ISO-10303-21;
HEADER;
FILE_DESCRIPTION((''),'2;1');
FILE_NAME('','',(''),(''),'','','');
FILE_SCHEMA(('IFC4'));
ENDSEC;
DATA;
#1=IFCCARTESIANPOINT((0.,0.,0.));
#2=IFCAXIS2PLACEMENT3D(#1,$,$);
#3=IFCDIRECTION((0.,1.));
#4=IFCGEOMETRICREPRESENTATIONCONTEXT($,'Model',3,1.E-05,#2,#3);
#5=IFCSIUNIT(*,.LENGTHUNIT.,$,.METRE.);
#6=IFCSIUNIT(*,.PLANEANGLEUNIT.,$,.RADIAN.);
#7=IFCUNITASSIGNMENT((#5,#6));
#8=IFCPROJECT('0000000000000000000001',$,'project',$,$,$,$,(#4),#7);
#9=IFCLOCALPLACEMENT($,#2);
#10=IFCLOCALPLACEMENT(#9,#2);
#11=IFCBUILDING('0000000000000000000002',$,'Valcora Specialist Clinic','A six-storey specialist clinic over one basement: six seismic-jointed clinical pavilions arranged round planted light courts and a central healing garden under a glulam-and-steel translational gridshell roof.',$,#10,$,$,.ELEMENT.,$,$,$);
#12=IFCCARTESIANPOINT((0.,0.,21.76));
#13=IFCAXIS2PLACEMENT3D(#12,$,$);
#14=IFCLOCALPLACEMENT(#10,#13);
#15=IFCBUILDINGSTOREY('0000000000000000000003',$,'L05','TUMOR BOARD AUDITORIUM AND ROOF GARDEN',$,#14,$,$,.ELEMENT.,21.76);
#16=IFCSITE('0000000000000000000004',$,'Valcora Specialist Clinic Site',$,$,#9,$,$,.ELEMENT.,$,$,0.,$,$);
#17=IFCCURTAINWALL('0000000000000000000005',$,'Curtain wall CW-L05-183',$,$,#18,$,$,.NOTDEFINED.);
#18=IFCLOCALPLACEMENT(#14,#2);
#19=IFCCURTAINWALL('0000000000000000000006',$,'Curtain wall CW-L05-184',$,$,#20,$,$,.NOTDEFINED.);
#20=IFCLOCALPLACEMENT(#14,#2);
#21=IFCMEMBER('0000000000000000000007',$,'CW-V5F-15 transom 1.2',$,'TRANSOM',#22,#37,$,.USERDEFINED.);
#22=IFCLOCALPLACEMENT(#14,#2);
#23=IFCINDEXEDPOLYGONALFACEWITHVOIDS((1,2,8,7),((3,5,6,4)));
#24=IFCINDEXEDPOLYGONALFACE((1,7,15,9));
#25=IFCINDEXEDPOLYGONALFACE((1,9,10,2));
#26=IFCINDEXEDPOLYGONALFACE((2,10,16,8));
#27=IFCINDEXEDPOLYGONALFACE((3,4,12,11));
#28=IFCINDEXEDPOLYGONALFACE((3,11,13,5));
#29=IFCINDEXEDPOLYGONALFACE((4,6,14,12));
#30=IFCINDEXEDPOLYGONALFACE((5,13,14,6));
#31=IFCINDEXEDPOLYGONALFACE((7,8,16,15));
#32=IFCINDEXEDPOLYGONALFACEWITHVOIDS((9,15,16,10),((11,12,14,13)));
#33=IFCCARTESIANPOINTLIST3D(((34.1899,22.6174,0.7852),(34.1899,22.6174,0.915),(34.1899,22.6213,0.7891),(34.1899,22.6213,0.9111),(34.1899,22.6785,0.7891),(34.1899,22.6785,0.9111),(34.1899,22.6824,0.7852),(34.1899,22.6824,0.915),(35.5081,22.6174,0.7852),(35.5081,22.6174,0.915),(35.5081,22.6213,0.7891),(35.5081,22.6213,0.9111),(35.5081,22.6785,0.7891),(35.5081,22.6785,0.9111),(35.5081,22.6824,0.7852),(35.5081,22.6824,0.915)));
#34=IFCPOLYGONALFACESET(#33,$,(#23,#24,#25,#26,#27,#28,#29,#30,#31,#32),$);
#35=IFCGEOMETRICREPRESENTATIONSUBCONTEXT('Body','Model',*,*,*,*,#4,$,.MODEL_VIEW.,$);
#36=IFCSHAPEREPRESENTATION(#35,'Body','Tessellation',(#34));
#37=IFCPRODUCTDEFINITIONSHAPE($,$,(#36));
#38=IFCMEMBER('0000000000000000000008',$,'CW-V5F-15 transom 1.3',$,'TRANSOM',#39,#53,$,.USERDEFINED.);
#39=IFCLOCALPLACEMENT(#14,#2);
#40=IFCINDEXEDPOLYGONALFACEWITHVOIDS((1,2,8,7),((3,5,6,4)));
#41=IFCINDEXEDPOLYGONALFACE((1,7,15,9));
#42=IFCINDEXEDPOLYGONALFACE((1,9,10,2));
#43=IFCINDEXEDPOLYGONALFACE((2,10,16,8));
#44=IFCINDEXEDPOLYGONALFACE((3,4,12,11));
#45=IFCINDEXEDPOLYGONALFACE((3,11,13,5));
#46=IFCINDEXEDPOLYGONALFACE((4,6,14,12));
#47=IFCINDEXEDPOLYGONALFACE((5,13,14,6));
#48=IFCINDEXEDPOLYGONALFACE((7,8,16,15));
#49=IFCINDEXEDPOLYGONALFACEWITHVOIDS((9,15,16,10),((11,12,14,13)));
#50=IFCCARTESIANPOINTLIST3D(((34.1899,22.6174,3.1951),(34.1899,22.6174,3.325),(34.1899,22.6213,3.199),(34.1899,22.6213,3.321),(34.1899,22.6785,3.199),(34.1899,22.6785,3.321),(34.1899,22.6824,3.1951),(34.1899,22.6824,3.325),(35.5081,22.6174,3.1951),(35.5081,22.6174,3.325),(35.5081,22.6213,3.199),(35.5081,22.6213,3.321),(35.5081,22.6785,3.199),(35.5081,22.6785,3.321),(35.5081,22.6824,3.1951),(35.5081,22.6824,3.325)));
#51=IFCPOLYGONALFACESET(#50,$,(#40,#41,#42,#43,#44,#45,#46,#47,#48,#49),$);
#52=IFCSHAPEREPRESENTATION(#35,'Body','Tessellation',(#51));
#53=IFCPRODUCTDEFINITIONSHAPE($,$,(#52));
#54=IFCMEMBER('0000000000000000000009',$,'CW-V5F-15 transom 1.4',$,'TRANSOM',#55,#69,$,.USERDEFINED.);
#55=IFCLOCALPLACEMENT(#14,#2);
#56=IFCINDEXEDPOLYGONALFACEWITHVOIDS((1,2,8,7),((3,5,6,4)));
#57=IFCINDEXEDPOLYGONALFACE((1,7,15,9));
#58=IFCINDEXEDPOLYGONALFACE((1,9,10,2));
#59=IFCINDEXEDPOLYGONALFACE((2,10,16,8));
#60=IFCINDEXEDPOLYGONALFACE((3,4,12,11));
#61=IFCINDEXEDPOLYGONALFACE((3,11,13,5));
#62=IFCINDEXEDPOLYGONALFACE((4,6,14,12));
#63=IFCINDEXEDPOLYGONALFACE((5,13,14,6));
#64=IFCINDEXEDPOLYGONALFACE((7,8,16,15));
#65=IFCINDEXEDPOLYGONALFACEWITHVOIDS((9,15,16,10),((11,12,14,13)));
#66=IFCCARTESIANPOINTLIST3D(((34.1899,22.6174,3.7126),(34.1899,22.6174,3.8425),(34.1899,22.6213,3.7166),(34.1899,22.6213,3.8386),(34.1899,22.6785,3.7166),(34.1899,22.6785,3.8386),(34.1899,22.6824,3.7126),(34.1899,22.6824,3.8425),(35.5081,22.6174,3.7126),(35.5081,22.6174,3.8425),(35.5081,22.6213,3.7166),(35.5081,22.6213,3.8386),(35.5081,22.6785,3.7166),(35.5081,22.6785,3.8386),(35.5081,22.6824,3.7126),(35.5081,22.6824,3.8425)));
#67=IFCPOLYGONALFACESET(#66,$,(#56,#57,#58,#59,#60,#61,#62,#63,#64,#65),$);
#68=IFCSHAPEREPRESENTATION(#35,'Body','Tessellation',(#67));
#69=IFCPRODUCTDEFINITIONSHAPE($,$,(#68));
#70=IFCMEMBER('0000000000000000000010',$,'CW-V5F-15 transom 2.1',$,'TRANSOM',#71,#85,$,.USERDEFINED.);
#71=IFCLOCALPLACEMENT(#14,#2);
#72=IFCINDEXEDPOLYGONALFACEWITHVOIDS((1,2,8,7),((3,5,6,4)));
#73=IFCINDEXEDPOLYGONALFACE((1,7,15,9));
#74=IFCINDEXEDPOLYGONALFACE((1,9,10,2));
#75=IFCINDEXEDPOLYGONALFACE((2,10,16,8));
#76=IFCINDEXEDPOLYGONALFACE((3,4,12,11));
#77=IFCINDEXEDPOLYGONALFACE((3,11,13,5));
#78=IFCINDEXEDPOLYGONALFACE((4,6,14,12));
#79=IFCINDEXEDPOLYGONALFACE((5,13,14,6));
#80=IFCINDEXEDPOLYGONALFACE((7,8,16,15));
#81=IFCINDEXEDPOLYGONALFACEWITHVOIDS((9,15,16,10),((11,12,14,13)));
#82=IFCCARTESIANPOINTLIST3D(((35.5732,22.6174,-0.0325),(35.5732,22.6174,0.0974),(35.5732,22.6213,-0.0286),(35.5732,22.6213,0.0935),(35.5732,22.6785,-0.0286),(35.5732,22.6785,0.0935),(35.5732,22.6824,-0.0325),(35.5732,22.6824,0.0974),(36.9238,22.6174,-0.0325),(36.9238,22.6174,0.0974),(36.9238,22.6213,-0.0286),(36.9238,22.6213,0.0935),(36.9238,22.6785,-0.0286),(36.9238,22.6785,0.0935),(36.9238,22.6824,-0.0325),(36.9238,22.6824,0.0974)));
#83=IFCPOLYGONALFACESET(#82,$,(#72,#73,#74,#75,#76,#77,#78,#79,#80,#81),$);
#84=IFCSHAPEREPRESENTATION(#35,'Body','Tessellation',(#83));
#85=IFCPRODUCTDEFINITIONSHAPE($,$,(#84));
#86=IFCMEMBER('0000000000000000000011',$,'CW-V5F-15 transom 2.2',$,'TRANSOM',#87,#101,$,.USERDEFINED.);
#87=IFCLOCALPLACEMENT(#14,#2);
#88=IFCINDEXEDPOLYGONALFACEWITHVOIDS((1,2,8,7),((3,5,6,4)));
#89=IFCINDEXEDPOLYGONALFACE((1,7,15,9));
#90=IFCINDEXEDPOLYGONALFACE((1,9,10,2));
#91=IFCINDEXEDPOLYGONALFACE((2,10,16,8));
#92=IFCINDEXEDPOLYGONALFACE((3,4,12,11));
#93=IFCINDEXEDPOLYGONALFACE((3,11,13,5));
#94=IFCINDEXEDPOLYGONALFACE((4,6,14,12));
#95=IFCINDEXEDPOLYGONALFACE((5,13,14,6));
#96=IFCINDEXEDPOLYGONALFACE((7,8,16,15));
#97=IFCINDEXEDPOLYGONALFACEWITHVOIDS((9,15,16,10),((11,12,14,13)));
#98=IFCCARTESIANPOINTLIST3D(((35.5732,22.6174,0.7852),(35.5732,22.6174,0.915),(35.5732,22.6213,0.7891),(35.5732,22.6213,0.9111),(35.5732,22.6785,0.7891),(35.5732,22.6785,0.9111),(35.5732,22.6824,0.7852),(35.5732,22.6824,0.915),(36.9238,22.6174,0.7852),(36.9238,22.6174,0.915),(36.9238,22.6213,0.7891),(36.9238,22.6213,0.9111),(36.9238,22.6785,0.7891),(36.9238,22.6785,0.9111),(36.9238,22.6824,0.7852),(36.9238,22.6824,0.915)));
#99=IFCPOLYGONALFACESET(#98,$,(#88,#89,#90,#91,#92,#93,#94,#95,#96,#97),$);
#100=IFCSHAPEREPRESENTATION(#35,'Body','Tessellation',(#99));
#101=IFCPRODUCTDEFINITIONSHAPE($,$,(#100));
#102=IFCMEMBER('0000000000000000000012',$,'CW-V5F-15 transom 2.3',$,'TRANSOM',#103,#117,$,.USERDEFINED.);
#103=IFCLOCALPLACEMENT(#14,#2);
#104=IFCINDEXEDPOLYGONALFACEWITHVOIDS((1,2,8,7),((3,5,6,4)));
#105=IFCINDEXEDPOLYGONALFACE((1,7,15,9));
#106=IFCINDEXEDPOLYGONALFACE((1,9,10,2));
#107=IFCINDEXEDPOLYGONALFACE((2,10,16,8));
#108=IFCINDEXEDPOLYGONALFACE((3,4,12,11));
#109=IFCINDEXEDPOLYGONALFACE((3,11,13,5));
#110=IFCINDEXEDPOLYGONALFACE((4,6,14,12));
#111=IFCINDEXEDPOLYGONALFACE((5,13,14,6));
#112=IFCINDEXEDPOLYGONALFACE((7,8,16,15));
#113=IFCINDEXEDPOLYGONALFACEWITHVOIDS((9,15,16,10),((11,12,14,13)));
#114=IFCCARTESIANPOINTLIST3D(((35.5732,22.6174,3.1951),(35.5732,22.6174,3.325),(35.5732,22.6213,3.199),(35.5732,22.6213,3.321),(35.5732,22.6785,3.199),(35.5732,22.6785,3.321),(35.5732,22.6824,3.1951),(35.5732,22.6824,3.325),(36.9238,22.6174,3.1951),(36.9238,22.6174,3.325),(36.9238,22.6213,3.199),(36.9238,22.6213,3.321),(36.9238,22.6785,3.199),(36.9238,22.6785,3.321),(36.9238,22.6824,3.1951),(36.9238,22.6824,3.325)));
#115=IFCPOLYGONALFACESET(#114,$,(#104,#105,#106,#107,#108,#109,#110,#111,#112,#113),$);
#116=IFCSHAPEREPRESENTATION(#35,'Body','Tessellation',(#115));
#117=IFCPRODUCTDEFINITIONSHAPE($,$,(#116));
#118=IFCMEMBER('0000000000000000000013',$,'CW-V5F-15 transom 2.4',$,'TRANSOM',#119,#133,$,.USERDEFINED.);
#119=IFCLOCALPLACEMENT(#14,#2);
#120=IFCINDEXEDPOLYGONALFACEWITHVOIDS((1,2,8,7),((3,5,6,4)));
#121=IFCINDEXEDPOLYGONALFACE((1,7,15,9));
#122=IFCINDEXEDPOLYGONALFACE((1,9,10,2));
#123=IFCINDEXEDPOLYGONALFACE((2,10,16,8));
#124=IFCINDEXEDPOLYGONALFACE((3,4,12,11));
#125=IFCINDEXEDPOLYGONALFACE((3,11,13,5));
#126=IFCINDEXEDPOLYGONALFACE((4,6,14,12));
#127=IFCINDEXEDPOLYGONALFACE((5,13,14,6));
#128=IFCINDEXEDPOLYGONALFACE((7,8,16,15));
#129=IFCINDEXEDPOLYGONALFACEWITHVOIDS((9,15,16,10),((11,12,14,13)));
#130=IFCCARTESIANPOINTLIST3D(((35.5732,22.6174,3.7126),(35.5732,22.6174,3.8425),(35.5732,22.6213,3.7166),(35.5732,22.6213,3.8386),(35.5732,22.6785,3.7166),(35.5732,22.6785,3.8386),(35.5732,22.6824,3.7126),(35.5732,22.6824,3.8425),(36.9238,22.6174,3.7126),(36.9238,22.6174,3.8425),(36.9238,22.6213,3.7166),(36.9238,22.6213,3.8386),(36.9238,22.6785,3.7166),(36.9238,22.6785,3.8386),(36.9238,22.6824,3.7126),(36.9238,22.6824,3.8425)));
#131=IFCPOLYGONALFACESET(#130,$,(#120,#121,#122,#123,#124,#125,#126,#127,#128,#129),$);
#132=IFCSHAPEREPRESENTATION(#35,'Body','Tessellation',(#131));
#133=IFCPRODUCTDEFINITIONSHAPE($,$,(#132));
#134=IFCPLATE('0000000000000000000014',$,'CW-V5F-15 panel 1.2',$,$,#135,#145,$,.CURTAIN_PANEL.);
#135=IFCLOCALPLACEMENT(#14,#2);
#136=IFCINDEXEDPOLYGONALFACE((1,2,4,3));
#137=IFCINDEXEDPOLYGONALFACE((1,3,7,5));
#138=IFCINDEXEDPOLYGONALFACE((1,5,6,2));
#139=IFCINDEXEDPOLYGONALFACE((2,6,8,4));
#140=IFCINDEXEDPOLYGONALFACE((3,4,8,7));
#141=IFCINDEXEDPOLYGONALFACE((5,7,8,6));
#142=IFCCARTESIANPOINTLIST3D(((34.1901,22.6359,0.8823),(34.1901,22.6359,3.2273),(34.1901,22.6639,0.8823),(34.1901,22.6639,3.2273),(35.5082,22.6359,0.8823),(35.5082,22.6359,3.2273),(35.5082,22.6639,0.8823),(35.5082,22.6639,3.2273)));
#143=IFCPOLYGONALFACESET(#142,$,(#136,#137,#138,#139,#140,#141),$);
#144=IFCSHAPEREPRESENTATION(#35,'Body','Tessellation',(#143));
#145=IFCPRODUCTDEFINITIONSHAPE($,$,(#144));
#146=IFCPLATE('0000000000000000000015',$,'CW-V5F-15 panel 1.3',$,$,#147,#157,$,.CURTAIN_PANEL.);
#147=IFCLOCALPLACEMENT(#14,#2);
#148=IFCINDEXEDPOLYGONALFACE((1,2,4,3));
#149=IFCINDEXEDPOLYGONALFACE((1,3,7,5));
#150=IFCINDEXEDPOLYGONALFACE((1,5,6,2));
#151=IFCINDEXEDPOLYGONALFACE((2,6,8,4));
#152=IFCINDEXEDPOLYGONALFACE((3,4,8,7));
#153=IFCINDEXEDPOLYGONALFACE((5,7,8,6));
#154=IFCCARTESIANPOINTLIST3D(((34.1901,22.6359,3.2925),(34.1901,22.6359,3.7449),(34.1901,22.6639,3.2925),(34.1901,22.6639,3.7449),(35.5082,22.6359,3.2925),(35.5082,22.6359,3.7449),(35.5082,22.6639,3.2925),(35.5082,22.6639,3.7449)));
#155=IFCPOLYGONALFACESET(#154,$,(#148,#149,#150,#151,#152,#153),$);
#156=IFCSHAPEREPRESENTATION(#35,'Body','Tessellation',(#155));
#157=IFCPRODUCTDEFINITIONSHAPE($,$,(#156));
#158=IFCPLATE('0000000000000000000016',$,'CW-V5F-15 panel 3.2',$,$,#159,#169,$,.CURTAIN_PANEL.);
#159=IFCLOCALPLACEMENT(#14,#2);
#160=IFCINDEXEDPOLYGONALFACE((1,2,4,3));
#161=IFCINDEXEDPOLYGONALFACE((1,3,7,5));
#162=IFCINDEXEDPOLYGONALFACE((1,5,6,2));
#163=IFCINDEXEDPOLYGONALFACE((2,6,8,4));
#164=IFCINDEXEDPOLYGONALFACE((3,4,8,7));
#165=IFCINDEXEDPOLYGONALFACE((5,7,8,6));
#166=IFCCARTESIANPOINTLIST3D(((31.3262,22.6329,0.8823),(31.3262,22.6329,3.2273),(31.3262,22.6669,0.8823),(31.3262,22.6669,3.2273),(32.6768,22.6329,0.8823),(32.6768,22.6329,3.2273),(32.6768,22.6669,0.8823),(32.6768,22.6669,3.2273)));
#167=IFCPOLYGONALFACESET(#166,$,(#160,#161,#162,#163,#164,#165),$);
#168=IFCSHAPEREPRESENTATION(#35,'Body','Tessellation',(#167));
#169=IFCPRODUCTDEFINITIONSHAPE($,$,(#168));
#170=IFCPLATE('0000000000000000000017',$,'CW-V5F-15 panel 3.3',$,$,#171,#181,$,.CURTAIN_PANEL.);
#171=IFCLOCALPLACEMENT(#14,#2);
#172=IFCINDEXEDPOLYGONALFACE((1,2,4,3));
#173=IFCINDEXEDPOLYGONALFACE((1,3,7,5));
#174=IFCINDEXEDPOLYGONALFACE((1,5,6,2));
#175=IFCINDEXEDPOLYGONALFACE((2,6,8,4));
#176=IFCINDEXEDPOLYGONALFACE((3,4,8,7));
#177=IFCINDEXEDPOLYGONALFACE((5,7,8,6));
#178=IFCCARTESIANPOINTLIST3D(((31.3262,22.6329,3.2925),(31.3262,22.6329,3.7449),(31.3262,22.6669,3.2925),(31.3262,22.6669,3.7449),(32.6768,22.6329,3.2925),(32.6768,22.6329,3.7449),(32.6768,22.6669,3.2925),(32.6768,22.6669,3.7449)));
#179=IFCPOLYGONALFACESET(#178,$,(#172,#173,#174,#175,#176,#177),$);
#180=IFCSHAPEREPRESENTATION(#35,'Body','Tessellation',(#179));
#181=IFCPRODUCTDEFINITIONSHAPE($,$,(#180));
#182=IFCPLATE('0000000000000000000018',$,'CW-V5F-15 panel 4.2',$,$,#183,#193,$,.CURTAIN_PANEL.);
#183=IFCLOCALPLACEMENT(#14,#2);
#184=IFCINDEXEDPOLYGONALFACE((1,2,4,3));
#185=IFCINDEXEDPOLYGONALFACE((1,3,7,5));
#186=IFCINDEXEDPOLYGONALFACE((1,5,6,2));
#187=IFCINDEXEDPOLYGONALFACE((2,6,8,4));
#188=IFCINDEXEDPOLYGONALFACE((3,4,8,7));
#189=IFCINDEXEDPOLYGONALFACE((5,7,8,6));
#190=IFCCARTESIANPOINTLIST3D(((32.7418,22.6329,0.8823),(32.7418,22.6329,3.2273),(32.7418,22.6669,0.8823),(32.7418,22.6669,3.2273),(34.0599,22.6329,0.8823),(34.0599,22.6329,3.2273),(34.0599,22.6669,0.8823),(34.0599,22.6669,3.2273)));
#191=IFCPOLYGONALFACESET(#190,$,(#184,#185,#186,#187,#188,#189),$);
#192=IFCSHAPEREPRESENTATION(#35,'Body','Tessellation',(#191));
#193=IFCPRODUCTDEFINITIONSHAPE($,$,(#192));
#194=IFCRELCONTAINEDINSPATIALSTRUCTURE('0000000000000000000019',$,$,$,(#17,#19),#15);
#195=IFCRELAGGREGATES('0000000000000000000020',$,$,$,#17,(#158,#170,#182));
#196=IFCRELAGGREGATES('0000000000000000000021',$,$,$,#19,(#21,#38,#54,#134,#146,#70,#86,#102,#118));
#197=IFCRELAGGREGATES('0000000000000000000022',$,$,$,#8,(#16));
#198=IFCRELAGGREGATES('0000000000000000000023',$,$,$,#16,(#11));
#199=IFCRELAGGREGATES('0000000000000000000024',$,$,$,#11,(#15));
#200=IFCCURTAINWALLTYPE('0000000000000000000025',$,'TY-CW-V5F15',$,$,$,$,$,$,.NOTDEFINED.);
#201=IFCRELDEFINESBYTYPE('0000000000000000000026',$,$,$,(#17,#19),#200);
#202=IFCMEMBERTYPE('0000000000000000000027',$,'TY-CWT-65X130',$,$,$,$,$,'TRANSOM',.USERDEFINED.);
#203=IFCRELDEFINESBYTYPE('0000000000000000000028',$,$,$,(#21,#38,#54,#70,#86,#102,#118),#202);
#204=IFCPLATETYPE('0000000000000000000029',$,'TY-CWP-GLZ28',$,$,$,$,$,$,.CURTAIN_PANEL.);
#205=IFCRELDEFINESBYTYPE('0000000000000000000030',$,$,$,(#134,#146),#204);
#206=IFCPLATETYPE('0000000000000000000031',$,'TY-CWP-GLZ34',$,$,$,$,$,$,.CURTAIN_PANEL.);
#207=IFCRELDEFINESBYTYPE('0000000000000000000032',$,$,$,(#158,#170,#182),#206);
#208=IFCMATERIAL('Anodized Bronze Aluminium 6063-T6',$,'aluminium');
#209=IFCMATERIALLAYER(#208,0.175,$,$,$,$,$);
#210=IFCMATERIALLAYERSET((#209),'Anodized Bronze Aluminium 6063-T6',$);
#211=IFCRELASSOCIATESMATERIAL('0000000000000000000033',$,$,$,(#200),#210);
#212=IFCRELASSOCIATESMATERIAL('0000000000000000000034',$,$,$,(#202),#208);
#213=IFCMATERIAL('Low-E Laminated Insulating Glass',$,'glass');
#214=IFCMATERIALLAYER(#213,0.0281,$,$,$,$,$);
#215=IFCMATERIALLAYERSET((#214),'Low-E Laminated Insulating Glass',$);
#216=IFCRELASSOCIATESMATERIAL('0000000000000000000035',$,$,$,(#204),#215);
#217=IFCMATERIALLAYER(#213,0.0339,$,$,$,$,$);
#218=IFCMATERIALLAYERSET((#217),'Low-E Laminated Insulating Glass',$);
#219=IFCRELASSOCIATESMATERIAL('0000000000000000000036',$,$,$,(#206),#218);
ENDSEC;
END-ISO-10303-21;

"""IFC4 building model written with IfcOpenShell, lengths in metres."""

from ifc_helpers import new_model, si_unit, direction, frame, origin, origin_2d, place, context, subcontext, project, spatial, rectangle, hollow_rectangle, extrude, material, layer, layer_set, material_profile, profile_set, type_object, element, aggregate, save


model = new_model("IFC4")

# Units and contexts
model_context = context("Model", 3, precision=1e-05, world=origin(), true_north=direction((0.0, 1.0)))
body_context = subcontext(model_context, "Body", "Model", "MODEL_VIEW")
ifc_project = project(units=[si_unit("LENGTHUNIT", "METRE"), si_unit("PLANEANGLEUNIT", "RADIAN")], contexts=[model_context])

# Site, building, storey
site_placement = place(None, origin())
site = spatial("IfcSite", under=ifc_project, at=site_placement, Name="Valcora Specialist Clinic Site", CompositionType="ELEMENT", RefElevation=0.0)
building_placement = place(site_placement, origin())
building = spatial("IfcBuilding", under=site, at=building_placement, Name="Valcora Specialist Clinic", Description="A six-storey specialist clinic over one basement: six seismic-jointed clinical pavilions arranged round planted light courts and a central healing garden under a glulam-and-steel translational gridshell roof.", CompositionType="ELEMENT")
storey_placement = place(building_placement, frame((0.0, 0.0, 21.76)))
storey = spatial("IfcBuildingStorey", under=building, at=storey_placement, Name="L05", Description="TUMOR BOARD AUDITORIUM AND ROOF GARDEN", CompositionType="ELEMENT", Elevation=21.76)

# Curtain walls
ifc_material_1 = material(Name="Anodized Bronze Aluminium 6063-T6", Category="aluminium")
ifc_layer_1 = layer(ifc_material_1, 0.175)
ifc_layer_set_1 = layer_set([ifc_layer_1], Name="Anodized Bronze Aluminium 6063-T6")
curtain_wall_type = type_object("IfcCurtainWallType", Name="TY-CW-V5F15", PredefinedType="NOTDEFINED", material=ifc_layer_set_1)
curtain_wall_1_placement = place(storey_placement, origin())
curtain_wall_1 = element("IfcCurtainWall", 1, at=curtain_wall_1_placement, inside=storey, type_object=curtain_wall_type, Name="Curtain wall CW-L05-183", PredefinedType="NOTDEFINED")
curtain_wall_2_placement = place(storey_placement, origin())
curtain_wall_2 = element("IfcCurtainWall", 2, at=curtain_wall_2_placement, inside=storey, type_object=curtain_wall_type, Name="Curtain wall CW-L05-184", PredefinedType="NOTDEFINED")

# Members
ifc_material_profile_1 = material_profile(ifc_material_1, hollow_rectangle(XDim=0.0649, YDim=0.1299, WallThickness=0.0039, at=origin_2d()), Name="AL-TRN-65X130")
ifc_profile_set_1 = profile_set([ifc_material_profile_1], Name="Anodized Bronze Aluminium 6063-T6")
member_type_1 = type_object("IfcMemberType", Name="TY-CWT-65X130", ElementType="TRANSOM", PredefinedType="USERDEFINED", material=ifc_profile_set_1)
member_1_placement = place(storey_placement, frame((34.1899, 22.6499, 0.8501), z_axis=(1.0, 0.0, 0.0), x_axis=(0.0, 1.0, 0.0)))
member_1 = element("IfcMember", 3, at=member_1_placement, type_object=member_type_1, Name="CW-V5F-15 transom 1.2", ObjectType="TRANSOM", PredefinedType="USERDEFINED", context=body_context, shape_type="SweptSolid", body=[
    extrude(hollow_rectangle(XDim=0.0649, YDim=0.1299, WallThickness=0.0039, at=origin_2d()), origin(), (0.0, 0.0, 1.0), 1.3181),
])
member_2_placement = place(storey_placement, frame((34.1899, 22.6499, 3.26), z_axis=(1.0, 0.0, 0.0), x_axis=(0.0, 1.0, 0.0)))
member_2 = element("IfcMember", 4, at=member_2_placement, type_object=member_type_1, Name="CW-V5F-15 transom 1.3", ObjectType="TRANSOM", PredefinedType="USERDEFINED", context=body_context, shape_type="SweptSolid", body=[
    extrude(hollow_rectangle(XDim=0.0649, YDim=0.1299, WallThickness=0.0039, at=origin_2d()), origin(), (0.0, 0.0, 1.0), 1.3181),
])
member_3_placement = place(storey_placement, frame((34.1899, 22.6499, 3.7776), z_axis=(1.0, 0.0, 0.0), x_axis=(0.0, 1.0, 0.0)))
member_3 = element("IfcMember", 5, at=member_3_placement, type_object=member_type_1, Name="CW-V5F-15 transom 1.4", ObjectType="TRANSOM", PredefinedType="USERDEFINED", context=body_context, shape_type="SweptSolid", body=[
    extrude(hollow_rectangle(XDim=0.0649, YDim=0.1299, WallThickness=0.0039, at=origin_2d()), origin(), (0.0, 0.0, 1.0), 1.3181),
])
member_4_placement = place(storey_placement, frame((35.5732, 22.6499, 0.0325), z_axis=(1.0, 0.0, 0.0), x_axis=(0.0, 1.0, 0.0)))
member_4 = element("IfcMember", 6, at=member_4_placement, type_object=member_type_1, Name="CW-V5F-15 transom 2.1", ObjectType="TRANSOM", PredefinedType="USERDEFINED", context=body_context, shape_type="SweptSolid", body=[
    extrude(hollow_rectangle(XDim=0.0649, YDim=0.1299, WallThickness=0.0039, at=origin_2d()), origin(), (0.0, 0.0, 1.0), 1.3506),
])
member_5_placement = place(storey_placement, frame((35.5732, 22.6499, 0.8501), z_axis=(1.0, 0.0, 0.0), x_axis=(0.0, 1.0, 0.0)))
member_5 = element("IfcMember", 7, at=member_5_placement, type_object=member_type_1, Name="CW-V5F-15 transom 2.2", ObjectType="TRANSOM", PredefinedType="USERDEFINED", context=body_context, shape_type="SweptSolid", body=[
    extrude(hollow_rectangle(XDim=0.0649, YDim=0.1299, WallThickness=0.0039, at=origin_2d()), origin(), (0.0, 0.0, 1.0), 1.3506),
])
member_6_placement = place(storey_placement, frame((35.5732, 22.6499, 3.26), z_axis=(1.0, 0.0, 0.0), x_axis=(0.0, 1.0, 0.0)))
member_6 = element("IfcMember", 8, at=member_6_placement, type_object=member_type_1, Name="CW-V5F-15 transom 2.3", ObjectType="TRANSOM", PredefinedType="USERDEFINED", context=body_context, shape_type="SweptSolid", body=[
    extrude(hollow_rectangle(XDim=0.0649, YDim=0.1299, WallThickness=0.0039, at=origin_2d()), origin(), (0.0, 0.0, 1.0), 1.3506),
])
member_7_placement = place(storey_placement, frame((35.5732, 22.6499, 3.7776), z_axis=(1.0, 0.0, 0.0), x_axis=(0.0, 1.0, 0.0)))
member_7 = element("IfcMember", 9, at=member_7_placement, type_object=member_type_1, Name="CW-V5F-15 transom 2.4", ObjectType="TRANSOM", PredefinedType="USERDEFINED", context=body_context, shape_type="SweptSolid", body=[
    extrude(hollow_rectangle(XDim=0.0649, YDim=0.1299, WallThickness=0.0039, at=origin_2d()), origin(), (0.0, 0.0, 1.0), 1.3506),
])

# Plates
ifc_material_2 = material(Name="Low-E Laminated Insulating Glass", Category="glass")
ifc_layer_2 = layer(ifc_material_2, 0.0281)
ifc_layer_set_2 = layer_set([ifc_layer_2], Name="Low-E Laminated Insulating Glass")
plate_type_1 = type_object("IfcPlateType", Name="TY-CWP-GLZ28", PredefinedType="CURTAIN_PANEL", material=ifc_layer_set_2)
plate_1_placement = place(storey_placement, frame((34.8491, 22.6499, 0.8823), z_axis=(0.0, 0.0, 1.0), x_axis=(1.0, 0.0, 0.0)))
plate_1 = element("IfcPlate", 10, at=plate_1_placement, type_object=plate_type_1, Name="CW-V5F-15 panel 1.2", PredefinedType="CURTAIN_PANEL", context=body_context, shape_type="SweptSolid", body=[
    extrude(rectangle(XDim=1.3181, YDim=0.0281, at=origin_2d()), origin(), (0.0, 0.0, 1.0), 2.345),
])
plate_2_placement = place(storey_placement, frame((34.8491, 22.6499, 3.2925), z_axis=(0.0, 0.0, 1.0), x_axis=(1.0, 0.0, 0.0)))
plate_2 = element("IfcPlate", 11, at=plate_2_placement, type_object=plate_type_1, Name="CW-V5F-15 panel 1.3", PredefinedType="CURTAIN_PANEL", context=body_context, shape_type="SweptSolid", body=[
    extrude(rectangle(XDim=1.3181, YDim=0.0281, at=origin_2d()), origin(), (0.0, 0.0, 1.0), 0.4524),
])
ifc_layer_3 = layer(ifc_material_2, 0.0339)
ifc_layer_set_3 = layer_set([ifc_layer_3], Name="Low-E Laminated Insulating Glass")
plate_type_2 = type_object("IfcPlateType", Name="TY-CWP-GLZ34", PredefinedType="CURTAIN_PANEL", material=ifc_layer_set_3)
plate_3_placement = place(storey_placement, frame((32.0015, 22.6499, 0.8823), z_axis=(0.0, 0.0, 1.0), x_axis=(1.0, 0.0, 0.0)))
plate_3 = element("IfcPlate", 12, at=plate_3_placement, type_object=plate_type_2, Name="CW-V5F-15 panel 3.2", PredefinedType="CURTAIN_PANEL", context=body_context, shape_type="SweptSolid", body=[
    extrude(rectangle(XDim=1.3506, YDim=0.0339, at=origin_2d()), origin(), (0.0, 0.0, 1.0), 2.345),
])
plate_4_placement = place(storey_placement, frame((32.0015, 22.6499, 3.2925), z_axis=(0.0, 0.0, 1.0), x_axis=(1.0, 0.0, 0.0)))
plate_4 = element("IfcPlate", 13, at=plate_4_placement, type_object=plate_type_2, Name="CW-V5F-15 panel 3.3", PredefinedType="CURTAIN_PANEL", context=body_context, shape_type="SweptSolid", body=[
    extrude(rectangle(XDim=1.3506, YDim=0.0339, at=origin_2d()), origin(), (0.0, 0.0, 1.0), 0.4524),
])
plate_5_placement = place(storey_placement, frame((33.4009, 22.6499, 0.8823), z_axis=(0.0, 0.0, 1.0), x_axis=(1.0, 0.0, 0.0)))
plate_5 = element("IfcPlate", 14, at=plate_5_placement, type_object=plate_type_2, Name="CW-V5F-15 panel 4.2", PredefinedType="CURTAIN_PANEL", context=body_context, shape_type="SweptSolid", body=[
    extrude(rectangle(XDim=1.3181, YDim=0.0339, at=origin_2d()), origin(), (0.0, 0.0, 1.0), 2.345),
])
aggregate(curtain_wall_1, [plate_3, plate_4, plate_5])
aggregate(curtain_wall_2, [member_1, member_2, member_3, plate_1, plate_2, member_4, member_5, member_6, member_7])

save(model, "model.ifc")
